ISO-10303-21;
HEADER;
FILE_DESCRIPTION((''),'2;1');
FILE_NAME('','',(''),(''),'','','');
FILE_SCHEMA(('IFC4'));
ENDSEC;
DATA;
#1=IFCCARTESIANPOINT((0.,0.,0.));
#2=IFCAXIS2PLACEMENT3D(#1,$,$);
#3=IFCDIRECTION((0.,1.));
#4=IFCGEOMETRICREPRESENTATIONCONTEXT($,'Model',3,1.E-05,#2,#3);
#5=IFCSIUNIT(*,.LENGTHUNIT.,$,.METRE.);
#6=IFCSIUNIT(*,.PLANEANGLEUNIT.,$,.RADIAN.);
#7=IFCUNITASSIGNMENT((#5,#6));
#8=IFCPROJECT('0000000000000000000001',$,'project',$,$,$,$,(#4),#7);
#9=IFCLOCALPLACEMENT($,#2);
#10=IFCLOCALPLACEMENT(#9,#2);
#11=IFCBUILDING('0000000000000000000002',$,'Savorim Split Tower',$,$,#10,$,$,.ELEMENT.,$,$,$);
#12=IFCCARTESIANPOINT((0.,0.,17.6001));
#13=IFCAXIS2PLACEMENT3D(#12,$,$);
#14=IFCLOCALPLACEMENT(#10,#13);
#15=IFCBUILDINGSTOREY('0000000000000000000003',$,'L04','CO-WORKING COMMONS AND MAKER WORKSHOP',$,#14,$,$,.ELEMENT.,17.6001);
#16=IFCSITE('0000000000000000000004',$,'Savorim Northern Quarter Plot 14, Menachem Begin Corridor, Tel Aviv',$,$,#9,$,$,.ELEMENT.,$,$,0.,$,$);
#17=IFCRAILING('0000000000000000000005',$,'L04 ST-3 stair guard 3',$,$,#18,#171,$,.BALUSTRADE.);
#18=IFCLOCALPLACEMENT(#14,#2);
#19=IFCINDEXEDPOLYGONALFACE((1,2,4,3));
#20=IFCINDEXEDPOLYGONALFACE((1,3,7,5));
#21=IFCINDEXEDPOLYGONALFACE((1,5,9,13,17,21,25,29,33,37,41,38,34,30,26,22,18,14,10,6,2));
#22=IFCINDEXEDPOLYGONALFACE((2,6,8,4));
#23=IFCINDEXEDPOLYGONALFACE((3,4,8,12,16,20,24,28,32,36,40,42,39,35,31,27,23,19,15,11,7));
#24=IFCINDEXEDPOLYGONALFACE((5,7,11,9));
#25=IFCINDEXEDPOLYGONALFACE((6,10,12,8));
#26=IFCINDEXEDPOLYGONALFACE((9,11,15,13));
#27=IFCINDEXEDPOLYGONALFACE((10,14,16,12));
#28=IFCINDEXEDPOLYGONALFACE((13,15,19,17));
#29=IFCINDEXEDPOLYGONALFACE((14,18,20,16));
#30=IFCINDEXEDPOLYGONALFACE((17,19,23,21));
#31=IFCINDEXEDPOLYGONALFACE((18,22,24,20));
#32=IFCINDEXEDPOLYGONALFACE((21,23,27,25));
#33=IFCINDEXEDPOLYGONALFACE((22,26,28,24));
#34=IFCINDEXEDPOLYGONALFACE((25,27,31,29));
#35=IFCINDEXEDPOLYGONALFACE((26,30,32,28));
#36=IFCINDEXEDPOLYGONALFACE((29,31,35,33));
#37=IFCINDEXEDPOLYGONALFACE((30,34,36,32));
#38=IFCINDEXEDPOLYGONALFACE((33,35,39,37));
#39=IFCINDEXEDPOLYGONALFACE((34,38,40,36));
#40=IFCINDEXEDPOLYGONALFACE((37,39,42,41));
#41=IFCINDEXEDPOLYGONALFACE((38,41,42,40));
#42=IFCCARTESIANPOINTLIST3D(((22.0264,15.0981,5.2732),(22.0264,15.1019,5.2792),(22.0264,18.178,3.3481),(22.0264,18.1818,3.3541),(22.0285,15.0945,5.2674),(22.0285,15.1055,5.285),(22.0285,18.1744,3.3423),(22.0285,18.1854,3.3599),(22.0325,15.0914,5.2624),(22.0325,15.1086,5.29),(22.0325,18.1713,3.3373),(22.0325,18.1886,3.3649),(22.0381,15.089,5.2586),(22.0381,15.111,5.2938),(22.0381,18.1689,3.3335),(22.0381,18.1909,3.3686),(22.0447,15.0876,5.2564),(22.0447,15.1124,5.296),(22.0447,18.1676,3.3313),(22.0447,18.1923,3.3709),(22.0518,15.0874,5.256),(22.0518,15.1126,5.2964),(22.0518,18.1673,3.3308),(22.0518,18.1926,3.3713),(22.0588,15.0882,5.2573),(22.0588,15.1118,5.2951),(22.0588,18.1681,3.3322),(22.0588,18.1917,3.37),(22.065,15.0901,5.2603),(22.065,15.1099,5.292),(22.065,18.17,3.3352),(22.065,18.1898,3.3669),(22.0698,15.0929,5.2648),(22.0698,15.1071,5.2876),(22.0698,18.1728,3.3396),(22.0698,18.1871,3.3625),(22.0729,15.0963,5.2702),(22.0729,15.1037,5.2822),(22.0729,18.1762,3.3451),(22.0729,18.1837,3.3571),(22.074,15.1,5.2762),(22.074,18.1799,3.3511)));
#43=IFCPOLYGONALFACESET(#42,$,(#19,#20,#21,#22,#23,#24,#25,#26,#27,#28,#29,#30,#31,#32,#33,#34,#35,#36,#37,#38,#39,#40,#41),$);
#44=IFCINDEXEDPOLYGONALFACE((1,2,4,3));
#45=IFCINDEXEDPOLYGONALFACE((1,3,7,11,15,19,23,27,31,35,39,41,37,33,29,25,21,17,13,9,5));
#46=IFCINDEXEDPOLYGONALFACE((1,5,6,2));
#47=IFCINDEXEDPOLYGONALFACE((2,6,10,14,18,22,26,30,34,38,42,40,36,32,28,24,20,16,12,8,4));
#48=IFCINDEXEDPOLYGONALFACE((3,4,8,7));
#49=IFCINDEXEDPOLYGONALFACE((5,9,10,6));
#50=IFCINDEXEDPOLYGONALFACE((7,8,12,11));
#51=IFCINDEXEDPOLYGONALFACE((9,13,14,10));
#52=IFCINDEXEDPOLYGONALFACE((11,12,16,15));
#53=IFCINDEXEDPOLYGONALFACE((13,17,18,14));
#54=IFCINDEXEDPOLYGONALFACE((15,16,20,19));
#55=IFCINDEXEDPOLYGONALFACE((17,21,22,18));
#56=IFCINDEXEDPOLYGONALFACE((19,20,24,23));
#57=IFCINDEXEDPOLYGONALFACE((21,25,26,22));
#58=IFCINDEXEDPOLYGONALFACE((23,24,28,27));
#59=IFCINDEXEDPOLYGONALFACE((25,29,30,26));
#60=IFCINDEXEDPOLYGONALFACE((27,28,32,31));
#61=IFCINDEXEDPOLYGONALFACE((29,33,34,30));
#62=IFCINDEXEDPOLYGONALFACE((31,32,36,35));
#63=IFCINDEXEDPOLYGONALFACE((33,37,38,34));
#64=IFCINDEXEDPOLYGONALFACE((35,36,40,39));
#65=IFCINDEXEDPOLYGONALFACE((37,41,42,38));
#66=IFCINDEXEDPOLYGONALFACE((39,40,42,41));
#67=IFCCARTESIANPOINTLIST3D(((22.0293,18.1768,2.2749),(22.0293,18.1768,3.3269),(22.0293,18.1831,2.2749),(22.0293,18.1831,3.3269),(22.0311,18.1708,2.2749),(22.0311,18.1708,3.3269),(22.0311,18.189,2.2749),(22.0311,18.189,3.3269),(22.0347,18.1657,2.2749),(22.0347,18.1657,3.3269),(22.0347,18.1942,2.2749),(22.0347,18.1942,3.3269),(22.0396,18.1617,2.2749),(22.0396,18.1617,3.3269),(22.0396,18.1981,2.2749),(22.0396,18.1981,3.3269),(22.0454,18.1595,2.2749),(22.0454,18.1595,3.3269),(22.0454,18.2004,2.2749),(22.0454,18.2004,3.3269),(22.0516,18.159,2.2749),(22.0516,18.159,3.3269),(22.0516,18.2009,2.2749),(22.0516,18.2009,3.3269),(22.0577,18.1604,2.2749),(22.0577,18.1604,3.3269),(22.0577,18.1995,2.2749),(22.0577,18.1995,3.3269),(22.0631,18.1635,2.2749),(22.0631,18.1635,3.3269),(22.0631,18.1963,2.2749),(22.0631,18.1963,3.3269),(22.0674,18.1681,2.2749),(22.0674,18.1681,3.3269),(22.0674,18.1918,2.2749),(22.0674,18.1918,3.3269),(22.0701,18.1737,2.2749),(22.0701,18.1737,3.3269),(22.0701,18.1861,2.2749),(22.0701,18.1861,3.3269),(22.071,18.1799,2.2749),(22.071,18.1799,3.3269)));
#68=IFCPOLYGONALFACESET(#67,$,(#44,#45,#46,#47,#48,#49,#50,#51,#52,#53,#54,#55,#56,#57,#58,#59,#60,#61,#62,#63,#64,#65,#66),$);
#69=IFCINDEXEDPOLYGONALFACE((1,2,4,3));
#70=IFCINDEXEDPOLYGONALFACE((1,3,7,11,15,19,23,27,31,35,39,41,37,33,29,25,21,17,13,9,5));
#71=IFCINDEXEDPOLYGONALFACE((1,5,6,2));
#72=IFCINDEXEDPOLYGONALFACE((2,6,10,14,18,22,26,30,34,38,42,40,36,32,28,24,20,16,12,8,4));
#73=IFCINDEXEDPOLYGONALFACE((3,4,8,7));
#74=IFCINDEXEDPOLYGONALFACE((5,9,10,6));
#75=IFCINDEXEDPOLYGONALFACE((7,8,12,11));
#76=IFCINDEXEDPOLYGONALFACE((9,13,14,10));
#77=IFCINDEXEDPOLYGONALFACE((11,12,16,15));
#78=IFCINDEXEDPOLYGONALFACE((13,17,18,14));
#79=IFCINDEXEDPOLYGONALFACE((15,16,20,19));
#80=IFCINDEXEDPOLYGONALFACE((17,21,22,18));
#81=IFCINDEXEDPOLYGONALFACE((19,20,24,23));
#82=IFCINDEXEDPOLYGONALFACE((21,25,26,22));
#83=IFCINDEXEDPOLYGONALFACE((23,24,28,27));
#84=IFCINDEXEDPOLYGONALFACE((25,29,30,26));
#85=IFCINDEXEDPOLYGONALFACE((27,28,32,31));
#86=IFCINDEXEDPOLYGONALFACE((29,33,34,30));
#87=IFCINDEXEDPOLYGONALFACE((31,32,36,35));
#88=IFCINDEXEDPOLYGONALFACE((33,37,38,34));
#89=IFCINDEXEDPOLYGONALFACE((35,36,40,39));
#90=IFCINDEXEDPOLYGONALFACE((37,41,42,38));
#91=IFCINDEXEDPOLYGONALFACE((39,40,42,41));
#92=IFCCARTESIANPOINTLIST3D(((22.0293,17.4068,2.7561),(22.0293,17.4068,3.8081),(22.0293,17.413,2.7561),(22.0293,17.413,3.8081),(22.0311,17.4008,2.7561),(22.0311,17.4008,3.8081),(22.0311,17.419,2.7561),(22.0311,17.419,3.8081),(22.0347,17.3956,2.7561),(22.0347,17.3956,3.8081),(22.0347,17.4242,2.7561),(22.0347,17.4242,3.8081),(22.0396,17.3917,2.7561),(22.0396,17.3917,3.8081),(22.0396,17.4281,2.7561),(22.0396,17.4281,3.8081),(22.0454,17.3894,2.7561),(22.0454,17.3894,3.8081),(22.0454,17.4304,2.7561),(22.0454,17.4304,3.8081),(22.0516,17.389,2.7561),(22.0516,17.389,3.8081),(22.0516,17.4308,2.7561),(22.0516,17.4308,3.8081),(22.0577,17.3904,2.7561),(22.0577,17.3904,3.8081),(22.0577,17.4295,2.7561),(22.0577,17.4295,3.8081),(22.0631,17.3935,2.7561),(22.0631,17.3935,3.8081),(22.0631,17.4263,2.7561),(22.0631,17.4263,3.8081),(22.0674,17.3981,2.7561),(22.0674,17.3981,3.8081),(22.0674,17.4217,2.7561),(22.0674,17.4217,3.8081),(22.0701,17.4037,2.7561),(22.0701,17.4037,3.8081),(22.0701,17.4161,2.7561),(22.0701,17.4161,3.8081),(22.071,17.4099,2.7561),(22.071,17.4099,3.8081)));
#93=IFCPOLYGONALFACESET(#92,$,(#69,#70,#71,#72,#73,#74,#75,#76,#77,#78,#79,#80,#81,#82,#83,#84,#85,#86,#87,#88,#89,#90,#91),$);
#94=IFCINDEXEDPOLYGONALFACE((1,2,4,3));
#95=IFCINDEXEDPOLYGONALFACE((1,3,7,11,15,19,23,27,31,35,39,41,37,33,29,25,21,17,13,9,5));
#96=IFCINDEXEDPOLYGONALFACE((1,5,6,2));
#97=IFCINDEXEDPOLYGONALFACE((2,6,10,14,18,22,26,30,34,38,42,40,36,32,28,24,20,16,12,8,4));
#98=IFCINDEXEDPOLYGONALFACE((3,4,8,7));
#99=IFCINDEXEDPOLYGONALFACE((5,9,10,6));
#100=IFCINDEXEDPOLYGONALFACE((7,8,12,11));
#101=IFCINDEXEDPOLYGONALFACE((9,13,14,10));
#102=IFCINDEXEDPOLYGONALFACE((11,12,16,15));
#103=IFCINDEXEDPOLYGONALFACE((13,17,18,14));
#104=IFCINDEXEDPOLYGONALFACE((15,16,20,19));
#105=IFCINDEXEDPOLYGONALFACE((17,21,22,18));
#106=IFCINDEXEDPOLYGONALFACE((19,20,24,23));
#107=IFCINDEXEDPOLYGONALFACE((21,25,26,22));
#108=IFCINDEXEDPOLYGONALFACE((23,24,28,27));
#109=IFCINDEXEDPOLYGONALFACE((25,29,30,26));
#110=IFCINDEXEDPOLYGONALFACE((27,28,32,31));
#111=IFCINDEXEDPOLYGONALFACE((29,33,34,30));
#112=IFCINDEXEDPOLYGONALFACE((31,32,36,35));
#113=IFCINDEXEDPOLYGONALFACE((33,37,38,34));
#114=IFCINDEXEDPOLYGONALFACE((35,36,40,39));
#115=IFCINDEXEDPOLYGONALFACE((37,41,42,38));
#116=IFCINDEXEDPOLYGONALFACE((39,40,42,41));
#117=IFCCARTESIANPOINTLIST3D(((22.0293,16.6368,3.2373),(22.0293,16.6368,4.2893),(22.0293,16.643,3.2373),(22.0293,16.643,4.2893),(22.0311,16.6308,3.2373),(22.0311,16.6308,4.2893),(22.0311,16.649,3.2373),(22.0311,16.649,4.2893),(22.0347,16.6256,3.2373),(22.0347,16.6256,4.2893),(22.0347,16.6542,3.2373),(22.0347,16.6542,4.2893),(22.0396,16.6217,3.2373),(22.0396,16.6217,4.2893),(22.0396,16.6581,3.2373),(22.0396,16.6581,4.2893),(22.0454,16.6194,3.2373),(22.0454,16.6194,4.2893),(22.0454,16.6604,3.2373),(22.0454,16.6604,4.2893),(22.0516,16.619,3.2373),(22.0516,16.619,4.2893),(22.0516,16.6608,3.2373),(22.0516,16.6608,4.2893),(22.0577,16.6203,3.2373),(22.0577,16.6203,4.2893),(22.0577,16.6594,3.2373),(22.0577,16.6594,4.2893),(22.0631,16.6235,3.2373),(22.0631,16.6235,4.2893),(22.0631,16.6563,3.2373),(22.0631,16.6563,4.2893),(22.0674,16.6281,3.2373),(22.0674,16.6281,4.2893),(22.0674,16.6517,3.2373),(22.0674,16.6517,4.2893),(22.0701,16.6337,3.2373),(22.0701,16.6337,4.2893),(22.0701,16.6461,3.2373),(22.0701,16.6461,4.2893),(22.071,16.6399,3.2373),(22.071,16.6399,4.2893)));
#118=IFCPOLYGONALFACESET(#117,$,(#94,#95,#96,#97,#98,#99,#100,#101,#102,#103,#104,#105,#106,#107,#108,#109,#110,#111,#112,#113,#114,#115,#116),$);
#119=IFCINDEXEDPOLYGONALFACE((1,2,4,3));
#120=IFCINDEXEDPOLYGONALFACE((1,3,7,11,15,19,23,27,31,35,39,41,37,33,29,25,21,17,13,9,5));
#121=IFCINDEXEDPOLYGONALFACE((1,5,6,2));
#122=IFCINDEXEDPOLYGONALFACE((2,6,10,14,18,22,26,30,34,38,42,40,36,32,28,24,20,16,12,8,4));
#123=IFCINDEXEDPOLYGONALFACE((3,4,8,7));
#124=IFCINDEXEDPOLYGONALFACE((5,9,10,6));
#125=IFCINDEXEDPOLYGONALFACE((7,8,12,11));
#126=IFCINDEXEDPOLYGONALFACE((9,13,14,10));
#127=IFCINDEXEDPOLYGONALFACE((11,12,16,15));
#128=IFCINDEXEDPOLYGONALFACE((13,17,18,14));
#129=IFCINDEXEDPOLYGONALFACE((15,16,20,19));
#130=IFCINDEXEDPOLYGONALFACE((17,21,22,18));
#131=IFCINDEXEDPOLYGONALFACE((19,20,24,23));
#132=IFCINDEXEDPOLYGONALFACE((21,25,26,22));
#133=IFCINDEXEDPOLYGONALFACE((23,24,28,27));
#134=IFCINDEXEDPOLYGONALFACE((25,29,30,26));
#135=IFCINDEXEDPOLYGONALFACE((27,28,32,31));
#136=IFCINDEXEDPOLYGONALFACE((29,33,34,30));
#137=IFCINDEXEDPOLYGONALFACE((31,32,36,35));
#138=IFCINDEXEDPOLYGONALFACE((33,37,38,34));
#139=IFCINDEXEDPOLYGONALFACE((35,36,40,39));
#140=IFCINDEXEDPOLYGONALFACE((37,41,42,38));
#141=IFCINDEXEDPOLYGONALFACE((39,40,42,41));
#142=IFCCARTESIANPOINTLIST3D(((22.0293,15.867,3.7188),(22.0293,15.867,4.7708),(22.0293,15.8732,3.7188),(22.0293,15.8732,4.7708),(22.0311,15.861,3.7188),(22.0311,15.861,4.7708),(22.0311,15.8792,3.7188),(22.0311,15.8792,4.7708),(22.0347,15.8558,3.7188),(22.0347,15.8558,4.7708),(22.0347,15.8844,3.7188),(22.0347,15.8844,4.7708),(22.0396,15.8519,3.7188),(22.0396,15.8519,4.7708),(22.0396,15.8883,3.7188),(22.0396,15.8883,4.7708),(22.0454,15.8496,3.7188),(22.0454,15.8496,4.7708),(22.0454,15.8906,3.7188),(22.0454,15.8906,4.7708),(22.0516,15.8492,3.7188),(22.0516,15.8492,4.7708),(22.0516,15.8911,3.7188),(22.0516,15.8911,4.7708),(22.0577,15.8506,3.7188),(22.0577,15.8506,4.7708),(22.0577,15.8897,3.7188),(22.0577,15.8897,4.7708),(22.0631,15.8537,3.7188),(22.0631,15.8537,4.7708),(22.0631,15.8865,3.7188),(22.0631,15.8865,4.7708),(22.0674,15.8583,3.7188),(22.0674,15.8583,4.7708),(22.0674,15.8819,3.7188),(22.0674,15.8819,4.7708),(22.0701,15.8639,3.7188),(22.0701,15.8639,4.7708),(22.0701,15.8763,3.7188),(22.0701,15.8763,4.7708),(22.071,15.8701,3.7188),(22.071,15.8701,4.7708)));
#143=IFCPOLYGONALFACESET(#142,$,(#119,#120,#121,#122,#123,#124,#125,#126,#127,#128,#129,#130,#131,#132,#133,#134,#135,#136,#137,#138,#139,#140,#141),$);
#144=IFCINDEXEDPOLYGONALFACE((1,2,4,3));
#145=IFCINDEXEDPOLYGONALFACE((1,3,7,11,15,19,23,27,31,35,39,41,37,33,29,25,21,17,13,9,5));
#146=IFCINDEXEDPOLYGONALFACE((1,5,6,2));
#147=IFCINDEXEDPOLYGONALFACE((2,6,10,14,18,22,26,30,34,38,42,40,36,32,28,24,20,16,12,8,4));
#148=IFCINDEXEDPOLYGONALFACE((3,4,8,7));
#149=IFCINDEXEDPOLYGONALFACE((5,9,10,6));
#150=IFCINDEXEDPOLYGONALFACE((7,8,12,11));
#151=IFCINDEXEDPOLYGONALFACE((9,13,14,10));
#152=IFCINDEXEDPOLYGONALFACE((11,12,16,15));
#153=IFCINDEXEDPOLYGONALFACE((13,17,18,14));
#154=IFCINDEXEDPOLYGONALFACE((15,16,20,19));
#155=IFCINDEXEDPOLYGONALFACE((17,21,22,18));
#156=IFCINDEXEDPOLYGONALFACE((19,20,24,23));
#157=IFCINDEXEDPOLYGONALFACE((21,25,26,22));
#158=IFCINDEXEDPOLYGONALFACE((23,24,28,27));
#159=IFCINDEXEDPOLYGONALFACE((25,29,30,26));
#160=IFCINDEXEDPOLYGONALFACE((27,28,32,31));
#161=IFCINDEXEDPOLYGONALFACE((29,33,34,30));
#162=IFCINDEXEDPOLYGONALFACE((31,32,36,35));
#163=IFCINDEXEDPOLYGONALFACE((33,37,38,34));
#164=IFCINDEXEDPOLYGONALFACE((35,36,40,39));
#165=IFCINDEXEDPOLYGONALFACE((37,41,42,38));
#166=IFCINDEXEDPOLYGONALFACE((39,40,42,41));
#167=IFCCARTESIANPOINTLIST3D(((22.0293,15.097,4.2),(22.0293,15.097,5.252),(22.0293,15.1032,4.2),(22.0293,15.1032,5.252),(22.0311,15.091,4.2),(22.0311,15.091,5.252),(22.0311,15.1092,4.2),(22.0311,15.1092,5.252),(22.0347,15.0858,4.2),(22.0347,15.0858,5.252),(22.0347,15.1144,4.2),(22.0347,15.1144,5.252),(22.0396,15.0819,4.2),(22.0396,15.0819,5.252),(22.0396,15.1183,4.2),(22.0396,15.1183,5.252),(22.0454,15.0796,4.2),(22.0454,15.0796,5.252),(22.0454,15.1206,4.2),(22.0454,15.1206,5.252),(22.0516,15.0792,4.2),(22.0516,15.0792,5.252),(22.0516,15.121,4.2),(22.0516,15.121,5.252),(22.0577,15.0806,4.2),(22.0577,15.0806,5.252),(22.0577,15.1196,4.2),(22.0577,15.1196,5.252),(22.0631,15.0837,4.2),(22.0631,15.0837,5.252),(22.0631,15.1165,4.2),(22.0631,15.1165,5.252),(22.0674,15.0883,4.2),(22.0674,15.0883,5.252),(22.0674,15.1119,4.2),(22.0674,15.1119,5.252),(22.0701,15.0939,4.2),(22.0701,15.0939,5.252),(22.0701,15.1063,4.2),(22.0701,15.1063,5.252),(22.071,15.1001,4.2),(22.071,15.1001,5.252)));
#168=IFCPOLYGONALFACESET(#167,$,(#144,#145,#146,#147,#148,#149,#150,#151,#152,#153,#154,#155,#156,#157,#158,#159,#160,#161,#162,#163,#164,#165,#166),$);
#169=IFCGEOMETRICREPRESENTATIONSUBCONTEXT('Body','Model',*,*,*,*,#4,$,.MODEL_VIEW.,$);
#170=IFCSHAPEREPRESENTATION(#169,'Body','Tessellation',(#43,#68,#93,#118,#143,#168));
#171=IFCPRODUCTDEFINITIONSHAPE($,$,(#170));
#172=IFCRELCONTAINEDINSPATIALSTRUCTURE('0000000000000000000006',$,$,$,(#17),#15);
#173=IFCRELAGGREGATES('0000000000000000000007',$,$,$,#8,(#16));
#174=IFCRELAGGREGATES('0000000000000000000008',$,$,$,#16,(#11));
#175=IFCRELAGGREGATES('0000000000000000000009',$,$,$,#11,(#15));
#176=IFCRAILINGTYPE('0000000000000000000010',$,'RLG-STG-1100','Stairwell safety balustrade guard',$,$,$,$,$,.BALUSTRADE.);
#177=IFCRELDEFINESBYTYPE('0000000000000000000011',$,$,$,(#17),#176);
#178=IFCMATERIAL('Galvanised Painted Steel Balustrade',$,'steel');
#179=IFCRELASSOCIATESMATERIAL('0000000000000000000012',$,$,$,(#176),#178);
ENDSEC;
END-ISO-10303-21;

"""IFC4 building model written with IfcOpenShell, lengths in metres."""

from ifc_helpers import new_model, si_unit, direction, frame, origin, origin_2d, place, context, subcontext, project, spatial, circle, extrude, material, type_object, element, save


model = new_model("IFC4")

# Units and contexts
model_context = context("Model", 3, precision=1e-05, world=origin(), true_north=direction((0.0, 1.0)))
body_context = subcontext(model_context, "Body", "Model", "MODEL_VIEW")
ifc_project = project(units=[si_unit("LENGTHUNIT", "METRE"), si_unit("PLANEANGLEUNIT", "RADIAN")], contexts=[model_context])

# Site, building, storey
site_placement = place(None, origin())
site = spatial("IfcSite", under=ifc_project, at=site_placement, Name="Savorim Northern Quarter Plot 14, Menachem Begin Corridor, Tel Aviv", CompositionType="ELEMENT", RefElevation=0.0)
building_placement = place(site_placement, origin())
building = spatial("IfcBuilding", under=site, at=building_placement, Name="Savorim Split Tower", CompositionType="ELEMENT")
storey_placement = place(building_placement, frame((0.0, 0.0, 17.6001)))
storey = spatial("IfcBuildingStorey", under=building, at=storey_placement, Name="L04", Description="CO-WORKING COMMONS AND MAKER WORKSHOP", CompositionType="ELEMENT", Elevation=17.6001)

# Railing
ifc_material_1 = material(Name="Galvanised Painted Steel Balustrade", Category="steel")
railing_type_1 = type_object("IfcRailingType", Name="RLG-STG-1100", Description="Stairwell safety balustrade guard", PredefinedType="BALUSTRADE", material=ifc_material_1)
railing_1_placement = place(storey_placement, frame((22.05, 18.1799, 2.2749)))
element("IfcRailing", 1, at=railing_1_placement, inside=storey, type_object=railing_type_1, Name="L04 ST-3 stair guard 3", PredefinedType="BALUSTRADE", context=body_context, shape_type="SweptSolid", body=[
    extrude(circle(Radius=0.0239, at=origin_2d()), frame((0.0, 0.0, 1.0762), z_axis=(0.0, -0.847979, 0.530029), x_axis=(1.0, 0.0, 0.0)), (0.0, 0.0, 1.0), 3.6321),
    extrude(circle(Radius=0.021, at=origin_2d()), origin(), (0.0, 0.0, 1.0), 1.052),
    extrude(circle(Radius=0.021, at=origin_2d()), frame((0.0, -0.77, 0.4812)), (0.0, 0.0, 1.0), 1.052),
    extrude(circle(Radius=0.021, at=origin_2d()), frame((0.0, -1.54, 0.9624)), (0.0, 0.0, 1.0), 1.052),
    extrude(circle(Radius=0.021, at=origin_2d()), frame((0.0, -2.3098, 1.4438)), (0.0, 0.0, 1.0), 1.052),
    extrude(circle(Radius=0.021, at=origin_2d()), frame((0.0, -3.0798, 1.925)), (0.0, 0.0, 1.0), 1.052),
])

save(model, "model.ifc")
